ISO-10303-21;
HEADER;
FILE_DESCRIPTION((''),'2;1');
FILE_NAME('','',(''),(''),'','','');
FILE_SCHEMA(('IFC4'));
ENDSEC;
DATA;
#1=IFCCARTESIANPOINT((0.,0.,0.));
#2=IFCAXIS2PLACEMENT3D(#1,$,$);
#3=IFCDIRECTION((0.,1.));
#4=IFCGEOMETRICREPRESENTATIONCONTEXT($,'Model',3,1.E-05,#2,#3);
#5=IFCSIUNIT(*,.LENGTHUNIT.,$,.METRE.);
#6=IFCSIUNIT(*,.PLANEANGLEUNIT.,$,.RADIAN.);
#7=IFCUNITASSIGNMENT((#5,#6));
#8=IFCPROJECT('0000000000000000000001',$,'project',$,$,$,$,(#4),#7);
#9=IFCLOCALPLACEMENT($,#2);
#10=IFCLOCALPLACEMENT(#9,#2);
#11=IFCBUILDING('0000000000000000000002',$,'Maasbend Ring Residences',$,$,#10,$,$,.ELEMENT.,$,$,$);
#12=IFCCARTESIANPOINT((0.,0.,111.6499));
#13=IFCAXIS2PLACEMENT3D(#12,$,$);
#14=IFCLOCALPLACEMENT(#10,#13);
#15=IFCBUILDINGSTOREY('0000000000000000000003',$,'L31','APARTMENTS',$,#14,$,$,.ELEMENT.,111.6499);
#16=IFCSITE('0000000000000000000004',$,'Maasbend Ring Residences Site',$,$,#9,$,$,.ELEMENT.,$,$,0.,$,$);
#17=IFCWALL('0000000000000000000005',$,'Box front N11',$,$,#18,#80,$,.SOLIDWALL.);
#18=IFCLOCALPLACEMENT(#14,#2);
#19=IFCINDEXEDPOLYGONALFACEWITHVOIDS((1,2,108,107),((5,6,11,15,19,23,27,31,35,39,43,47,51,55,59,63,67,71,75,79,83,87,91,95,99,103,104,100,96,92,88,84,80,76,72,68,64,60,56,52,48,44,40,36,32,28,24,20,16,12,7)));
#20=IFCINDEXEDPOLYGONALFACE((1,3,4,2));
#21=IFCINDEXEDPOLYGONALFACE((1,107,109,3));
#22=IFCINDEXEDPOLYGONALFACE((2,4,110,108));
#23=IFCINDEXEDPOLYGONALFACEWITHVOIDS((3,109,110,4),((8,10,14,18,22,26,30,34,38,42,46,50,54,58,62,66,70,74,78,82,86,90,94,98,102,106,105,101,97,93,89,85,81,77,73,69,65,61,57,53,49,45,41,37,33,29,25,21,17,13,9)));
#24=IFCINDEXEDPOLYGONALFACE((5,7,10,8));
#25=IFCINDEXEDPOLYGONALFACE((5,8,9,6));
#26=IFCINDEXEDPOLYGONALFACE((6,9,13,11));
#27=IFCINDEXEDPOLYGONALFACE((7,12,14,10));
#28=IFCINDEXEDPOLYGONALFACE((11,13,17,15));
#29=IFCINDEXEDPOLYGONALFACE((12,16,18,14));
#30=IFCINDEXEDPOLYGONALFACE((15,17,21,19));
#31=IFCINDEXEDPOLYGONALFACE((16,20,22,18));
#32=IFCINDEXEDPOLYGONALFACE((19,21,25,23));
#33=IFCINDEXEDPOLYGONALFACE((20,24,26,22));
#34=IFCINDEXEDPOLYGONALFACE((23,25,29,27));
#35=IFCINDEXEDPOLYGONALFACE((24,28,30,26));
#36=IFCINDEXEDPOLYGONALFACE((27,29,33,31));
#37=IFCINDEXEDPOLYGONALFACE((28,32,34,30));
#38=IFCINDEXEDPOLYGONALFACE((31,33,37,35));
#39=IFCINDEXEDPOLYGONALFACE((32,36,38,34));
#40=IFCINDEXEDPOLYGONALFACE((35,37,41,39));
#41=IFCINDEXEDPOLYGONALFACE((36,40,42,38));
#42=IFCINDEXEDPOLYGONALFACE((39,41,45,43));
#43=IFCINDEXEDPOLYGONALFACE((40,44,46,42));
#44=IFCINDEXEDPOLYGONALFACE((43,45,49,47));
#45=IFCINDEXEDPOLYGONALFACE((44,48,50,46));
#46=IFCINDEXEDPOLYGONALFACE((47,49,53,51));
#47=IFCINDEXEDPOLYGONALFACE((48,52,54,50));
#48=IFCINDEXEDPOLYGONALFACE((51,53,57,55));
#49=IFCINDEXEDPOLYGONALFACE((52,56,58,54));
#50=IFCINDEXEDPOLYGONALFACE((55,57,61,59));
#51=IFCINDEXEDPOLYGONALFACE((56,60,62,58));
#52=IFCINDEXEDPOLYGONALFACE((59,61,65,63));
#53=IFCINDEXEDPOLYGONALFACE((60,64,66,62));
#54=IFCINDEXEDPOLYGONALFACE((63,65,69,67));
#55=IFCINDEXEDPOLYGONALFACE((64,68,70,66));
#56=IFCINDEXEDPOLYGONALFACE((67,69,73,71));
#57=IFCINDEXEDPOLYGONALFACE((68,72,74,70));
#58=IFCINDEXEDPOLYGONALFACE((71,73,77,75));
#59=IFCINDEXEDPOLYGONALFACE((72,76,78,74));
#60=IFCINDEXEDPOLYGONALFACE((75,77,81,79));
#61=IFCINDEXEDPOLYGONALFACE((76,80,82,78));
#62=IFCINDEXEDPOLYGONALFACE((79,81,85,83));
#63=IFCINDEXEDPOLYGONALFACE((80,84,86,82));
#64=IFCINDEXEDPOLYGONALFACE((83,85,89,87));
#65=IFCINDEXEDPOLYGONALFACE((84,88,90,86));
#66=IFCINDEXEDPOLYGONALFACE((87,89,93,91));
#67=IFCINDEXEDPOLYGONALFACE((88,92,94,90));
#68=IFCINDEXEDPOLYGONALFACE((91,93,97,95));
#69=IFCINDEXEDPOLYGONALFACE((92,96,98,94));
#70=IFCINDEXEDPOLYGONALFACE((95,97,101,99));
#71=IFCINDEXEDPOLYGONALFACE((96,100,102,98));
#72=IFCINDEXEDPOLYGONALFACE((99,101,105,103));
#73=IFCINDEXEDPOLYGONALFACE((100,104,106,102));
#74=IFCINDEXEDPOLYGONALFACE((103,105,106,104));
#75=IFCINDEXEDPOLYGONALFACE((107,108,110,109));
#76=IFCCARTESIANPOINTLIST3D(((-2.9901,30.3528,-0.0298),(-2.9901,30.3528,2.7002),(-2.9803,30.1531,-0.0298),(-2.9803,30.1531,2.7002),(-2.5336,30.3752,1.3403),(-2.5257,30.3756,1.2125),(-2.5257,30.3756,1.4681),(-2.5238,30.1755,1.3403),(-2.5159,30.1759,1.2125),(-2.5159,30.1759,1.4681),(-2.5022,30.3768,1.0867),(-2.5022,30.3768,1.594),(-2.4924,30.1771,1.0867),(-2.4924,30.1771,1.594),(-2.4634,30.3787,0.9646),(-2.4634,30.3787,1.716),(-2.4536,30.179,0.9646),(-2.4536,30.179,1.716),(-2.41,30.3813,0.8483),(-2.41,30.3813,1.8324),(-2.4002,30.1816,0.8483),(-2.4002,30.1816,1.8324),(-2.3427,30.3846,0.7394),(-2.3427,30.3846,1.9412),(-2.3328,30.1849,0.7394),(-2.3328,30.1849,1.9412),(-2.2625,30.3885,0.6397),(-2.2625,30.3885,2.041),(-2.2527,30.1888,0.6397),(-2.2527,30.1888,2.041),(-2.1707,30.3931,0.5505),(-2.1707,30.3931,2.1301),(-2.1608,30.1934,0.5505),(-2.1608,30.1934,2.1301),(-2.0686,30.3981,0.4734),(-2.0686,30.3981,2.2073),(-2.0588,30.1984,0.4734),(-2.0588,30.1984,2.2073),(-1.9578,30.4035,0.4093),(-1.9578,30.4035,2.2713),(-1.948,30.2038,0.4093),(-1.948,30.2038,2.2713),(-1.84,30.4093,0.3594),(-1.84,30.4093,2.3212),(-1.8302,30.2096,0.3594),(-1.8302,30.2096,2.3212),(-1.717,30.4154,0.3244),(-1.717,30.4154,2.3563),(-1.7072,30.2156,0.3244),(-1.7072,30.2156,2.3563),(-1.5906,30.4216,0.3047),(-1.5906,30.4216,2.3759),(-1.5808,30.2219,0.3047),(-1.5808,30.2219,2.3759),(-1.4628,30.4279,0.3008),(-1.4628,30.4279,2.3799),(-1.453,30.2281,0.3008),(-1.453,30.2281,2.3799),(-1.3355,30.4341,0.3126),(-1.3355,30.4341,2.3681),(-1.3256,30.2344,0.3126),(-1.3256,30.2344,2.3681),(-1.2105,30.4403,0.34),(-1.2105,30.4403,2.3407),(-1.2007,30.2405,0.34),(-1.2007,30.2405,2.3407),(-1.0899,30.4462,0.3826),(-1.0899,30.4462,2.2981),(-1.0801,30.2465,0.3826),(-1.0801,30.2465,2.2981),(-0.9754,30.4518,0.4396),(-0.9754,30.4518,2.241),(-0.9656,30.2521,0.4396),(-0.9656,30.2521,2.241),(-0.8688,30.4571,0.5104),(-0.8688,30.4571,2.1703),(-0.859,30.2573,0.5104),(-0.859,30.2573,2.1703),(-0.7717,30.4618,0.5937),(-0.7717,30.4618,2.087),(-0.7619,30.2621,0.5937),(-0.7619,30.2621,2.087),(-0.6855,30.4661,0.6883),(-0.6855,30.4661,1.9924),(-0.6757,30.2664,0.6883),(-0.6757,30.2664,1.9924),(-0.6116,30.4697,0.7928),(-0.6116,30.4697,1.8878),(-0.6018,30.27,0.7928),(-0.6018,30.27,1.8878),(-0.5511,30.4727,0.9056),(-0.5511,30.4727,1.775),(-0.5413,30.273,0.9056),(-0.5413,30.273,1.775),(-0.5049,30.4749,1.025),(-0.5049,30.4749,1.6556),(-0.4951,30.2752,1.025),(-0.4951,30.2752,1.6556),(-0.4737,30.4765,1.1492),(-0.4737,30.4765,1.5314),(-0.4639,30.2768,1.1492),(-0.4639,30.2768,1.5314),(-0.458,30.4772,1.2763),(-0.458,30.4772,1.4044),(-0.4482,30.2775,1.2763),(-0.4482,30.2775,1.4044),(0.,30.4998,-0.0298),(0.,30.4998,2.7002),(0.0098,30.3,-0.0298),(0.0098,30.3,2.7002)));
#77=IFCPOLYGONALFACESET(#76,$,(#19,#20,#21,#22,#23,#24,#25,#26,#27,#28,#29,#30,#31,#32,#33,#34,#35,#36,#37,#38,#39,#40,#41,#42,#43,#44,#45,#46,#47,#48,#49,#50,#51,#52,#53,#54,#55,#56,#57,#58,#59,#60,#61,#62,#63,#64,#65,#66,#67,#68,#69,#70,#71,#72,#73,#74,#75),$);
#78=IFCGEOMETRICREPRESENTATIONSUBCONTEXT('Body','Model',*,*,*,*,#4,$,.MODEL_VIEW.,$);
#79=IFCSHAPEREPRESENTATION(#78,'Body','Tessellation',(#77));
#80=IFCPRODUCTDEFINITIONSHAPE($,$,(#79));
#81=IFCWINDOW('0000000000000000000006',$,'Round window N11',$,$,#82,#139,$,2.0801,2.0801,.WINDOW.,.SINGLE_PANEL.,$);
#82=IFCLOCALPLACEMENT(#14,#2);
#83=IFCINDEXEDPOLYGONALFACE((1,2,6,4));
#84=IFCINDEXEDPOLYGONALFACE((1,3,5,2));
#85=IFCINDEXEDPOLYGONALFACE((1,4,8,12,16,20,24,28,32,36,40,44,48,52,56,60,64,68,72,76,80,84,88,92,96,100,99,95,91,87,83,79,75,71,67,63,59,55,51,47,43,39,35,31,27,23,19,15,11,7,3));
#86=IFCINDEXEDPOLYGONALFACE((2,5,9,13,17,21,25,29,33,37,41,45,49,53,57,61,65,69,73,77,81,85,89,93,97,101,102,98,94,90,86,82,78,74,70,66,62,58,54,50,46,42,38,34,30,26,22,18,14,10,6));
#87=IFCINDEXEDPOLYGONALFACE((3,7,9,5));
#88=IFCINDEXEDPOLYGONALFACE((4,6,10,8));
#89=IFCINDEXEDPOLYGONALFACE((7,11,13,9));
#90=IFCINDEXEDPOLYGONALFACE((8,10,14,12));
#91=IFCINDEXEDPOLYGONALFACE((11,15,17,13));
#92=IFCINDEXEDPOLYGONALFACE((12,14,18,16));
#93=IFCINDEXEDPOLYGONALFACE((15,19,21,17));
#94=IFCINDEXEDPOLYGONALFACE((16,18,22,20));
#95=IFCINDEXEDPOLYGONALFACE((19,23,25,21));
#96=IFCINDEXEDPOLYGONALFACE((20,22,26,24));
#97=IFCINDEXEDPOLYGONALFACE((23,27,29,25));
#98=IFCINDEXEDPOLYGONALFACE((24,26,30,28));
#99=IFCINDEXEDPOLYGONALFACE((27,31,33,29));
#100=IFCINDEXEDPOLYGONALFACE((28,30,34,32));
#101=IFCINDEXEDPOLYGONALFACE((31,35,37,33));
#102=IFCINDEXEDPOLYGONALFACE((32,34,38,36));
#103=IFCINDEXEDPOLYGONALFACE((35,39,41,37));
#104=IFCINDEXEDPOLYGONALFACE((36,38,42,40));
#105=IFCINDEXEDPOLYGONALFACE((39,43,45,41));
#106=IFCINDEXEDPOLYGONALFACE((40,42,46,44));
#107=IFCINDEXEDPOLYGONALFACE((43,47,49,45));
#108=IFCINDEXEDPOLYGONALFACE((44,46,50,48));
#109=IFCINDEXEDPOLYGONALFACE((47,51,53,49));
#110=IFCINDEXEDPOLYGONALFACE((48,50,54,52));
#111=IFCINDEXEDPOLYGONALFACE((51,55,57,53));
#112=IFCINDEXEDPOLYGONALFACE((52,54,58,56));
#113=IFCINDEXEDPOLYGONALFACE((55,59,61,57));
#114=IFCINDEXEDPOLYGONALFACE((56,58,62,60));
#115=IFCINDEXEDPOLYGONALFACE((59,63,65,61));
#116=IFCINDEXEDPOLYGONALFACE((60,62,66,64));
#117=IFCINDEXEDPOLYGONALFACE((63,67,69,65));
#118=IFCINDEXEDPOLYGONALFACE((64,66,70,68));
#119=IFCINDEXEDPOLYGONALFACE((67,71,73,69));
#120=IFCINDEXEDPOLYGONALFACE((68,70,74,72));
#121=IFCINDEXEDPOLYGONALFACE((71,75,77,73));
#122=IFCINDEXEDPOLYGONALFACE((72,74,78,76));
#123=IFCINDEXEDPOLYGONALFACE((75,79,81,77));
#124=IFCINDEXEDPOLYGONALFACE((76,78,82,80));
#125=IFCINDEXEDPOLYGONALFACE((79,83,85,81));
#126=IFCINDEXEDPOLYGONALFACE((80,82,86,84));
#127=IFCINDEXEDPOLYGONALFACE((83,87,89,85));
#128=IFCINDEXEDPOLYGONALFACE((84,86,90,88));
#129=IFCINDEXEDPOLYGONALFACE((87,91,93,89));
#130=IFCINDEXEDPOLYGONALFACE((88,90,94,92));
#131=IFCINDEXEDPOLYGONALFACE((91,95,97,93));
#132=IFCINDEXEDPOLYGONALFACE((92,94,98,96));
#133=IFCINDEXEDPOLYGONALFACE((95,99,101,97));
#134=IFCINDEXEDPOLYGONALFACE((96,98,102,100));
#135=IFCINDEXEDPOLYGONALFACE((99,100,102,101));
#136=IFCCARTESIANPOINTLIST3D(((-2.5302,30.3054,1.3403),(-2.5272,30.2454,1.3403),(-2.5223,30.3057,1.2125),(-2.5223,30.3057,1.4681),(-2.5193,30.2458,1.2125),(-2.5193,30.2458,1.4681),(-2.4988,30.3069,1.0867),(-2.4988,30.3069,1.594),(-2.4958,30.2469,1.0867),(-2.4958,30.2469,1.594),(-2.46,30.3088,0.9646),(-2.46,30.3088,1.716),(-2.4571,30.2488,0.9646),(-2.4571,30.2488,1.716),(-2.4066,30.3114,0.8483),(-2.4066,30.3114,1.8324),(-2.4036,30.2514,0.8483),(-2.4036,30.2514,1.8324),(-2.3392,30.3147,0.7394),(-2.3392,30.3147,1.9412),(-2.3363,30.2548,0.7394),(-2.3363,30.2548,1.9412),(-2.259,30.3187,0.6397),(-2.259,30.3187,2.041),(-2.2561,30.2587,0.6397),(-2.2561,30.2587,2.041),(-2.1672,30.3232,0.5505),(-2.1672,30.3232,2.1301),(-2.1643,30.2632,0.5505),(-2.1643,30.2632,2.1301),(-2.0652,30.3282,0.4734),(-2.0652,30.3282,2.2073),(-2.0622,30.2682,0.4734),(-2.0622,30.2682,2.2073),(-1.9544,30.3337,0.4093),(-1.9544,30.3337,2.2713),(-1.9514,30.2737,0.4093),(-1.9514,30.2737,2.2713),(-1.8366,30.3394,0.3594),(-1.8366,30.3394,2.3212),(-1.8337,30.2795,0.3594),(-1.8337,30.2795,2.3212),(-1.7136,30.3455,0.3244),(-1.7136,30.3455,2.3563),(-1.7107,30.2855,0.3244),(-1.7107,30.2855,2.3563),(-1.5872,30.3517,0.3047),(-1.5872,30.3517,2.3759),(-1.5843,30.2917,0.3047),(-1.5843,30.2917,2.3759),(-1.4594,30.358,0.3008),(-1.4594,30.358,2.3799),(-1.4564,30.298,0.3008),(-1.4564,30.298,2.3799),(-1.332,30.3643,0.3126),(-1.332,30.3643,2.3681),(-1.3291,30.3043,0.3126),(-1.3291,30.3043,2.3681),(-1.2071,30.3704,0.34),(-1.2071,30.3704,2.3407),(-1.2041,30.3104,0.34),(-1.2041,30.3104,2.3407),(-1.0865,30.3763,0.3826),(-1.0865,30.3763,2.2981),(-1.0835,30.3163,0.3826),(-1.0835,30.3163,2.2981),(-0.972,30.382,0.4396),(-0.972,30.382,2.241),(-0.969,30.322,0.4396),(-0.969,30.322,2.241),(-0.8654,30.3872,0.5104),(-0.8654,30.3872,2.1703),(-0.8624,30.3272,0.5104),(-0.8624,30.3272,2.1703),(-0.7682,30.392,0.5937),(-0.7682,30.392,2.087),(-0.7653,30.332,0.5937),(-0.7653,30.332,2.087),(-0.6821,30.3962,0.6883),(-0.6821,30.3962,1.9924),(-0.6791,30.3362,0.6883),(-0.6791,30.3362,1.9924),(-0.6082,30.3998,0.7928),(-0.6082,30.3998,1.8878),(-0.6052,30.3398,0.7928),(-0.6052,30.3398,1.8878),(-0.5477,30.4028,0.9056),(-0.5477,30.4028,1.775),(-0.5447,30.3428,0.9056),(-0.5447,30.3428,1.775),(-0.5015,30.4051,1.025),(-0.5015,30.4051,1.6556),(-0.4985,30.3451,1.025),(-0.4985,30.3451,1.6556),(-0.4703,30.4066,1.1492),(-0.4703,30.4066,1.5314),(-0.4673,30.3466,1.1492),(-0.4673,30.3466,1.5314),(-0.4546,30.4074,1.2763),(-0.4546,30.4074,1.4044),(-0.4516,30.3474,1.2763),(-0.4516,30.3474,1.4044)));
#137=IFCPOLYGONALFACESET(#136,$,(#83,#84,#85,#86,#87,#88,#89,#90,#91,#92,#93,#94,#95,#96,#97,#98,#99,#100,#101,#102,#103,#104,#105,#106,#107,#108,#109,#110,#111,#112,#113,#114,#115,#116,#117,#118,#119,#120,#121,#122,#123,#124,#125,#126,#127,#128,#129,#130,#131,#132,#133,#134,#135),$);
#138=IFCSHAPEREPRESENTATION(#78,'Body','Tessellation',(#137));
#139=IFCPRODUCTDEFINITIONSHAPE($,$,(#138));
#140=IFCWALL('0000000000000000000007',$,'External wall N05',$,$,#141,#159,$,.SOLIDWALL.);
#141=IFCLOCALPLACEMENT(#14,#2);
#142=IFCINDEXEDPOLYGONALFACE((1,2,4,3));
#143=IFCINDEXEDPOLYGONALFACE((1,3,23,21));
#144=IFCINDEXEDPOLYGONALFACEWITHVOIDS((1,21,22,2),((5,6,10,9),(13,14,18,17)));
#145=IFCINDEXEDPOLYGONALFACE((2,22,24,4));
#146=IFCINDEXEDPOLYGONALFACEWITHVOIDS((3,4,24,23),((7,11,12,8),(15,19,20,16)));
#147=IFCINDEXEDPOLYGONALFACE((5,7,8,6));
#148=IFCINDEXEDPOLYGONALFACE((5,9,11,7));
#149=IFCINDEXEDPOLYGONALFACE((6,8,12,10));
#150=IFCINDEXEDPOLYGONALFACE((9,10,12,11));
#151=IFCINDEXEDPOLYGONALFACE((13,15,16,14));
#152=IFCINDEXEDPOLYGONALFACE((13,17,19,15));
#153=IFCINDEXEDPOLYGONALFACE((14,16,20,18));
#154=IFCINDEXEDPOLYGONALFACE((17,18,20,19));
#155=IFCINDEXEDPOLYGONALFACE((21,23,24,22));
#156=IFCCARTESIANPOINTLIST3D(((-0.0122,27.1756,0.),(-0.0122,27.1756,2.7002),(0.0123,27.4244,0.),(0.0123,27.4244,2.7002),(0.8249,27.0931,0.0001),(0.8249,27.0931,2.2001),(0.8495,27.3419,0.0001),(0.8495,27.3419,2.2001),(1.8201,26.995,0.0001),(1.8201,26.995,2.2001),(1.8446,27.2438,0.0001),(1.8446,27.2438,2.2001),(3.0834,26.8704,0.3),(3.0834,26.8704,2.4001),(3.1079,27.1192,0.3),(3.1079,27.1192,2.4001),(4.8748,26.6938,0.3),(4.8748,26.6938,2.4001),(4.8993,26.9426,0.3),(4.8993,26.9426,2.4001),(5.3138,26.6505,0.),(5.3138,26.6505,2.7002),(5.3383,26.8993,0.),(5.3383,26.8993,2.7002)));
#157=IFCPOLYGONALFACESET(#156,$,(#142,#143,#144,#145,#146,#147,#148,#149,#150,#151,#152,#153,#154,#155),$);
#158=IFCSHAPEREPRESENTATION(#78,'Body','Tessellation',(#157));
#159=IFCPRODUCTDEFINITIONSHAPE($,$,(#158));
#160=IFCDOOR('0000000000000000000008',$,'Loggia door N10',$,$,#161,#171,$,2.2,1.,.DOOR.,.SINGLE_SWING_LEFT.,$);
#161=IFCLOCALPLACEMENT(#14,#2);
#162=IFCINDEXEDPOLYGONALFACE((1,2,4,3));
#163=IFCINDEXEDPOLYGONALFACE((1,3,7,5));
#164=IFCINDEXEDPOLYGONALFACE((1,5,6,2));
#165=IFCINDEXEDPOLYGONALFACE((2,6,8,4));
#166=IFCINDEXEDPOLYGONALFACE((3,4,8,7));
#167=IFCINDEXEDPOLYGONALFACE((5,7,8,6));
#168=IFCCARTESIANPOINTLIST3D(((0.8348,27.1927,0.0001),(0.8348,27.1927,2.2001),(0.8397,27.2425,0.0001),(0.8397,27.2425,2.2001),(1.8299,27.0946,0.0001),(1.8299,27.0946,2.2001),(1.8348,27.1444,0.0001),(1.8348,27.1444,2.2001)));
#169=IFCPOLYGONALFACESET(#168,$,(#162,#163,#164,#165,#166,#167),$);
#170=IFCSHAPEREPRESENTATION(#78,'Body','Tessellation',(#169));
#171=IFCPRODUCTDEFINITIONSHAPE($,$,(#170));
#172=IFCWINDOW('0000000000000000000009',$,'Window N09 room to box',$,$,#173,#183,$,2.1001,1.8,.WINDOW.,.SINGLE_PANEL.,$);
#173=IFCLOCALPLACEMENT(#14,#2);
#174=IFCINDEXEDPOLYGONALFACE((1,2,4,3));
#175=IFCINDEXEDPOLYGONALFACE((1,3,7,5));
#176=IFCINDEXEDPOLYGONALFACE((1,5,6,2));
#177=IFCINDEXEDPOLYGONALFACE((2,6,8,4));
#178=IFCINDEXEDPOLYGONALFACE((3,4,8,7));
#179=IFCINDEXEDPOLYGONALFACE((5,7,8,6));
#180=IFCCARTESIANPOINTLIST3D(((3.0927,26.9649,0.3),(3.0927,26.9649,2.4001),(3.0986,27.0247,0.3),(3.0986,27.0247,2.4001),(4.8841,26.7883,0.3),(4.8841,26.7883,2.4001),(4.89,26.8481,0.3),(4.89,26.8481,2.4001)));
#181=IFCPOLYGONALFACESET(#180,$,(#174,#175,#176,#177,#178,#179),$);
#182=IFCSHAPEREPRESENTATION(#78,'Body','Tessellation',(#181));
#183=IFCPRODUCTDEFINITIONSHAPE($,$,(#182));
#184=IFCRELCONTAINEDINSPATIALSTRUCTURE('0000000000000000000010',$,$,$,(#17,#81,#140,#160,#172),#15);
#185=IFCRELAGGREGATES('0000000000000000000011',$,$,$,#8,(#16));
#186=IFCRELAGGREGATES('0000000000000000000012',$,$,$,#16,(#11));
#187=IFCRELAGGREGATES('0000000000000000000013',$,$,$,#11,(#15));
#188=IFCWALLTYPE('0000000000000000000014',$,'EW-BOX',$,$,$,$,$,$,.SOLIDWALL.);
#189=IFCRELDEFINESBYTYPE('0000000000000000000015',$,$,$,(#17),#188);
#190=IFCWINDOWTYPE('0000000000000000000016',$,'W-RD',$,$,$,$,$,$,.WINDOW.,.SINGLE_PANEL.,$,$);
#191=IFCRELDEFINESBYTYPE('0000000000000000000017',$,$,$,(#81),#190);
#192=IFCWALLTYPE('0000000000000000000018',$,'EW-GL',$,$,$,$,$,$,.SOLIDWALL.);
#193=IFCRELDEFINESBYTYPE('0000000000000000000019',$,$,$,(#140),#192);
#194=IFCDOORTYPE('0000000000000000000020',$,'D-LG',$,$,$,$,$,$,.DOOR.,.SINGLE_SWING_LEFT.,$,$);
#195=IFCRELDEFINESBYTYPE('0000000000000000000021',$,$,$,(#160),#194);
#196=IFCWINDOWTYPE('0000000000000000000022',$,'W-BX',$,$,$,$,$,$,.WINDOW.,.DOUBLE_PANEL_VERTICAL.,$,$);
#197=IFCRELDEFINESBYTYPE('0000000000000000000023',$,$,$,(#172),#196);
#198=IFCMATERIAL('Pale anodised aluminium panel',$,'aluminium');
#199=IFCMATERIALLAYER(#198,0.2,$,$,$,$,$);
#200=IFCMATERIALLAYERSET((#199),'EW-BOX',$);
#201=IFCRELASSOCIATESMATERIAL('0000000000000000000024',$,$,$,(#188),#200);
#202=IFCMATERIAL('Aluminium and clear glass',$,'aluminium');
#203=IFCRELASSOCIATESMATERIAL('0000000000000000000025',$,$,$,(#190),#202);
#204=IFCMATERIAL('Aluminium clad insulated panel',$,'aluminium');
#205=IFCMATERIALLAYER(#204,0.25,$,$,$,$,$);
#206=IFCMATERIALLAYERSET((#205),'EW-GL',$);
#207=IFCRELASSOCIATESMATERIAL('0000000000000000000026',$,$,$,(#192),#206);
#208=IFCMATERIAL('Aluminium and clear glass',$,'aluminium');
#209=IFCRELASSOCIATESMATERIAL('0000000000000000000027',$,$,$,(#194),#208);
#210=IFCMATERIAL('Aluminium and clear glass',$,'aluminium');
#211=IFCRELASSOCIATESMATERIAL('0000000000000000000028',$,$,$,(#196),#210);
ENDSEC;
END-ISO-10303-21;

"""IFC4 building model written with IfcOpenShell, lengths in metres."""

from ifc_helpers import new_model, si_unit, direction, frame, frame_2d, origin, place, context, subcontext, project, spatial, rectangle, circle, extrude, material, layer, layer_set, type_object, element, fill, save


model = new_model("IFC4")

# Units and contexts
model_context = context("Model", 3, precision=1e-05, world=origin(), true_north=direction((0.0, 1.0)))
body_context = subcontext(model_context, "Body", "Model", "MODEL_VIEW")
ifc_project = project(units=[si_unit("LENGTHUNIT", "METRE"), si_unit("PLANEANGLEUNIT", "RADIAN")], contexts=[model_context])

# Site, building, storey
site_placement = place(None, origin())
site = spatial("IfcSite", under=ifc_project, at=site_placement, Name="Maasbend Ring Residences Site", CompositionType="ELEMENT", RefElevation=0.0)
building_placement = place(site_placement, origin())
building = spatial("IfcBuilding", under=site, at=building_placement, Name="Maasbend Ring Residences", CompositionType="ELEMENT")
storey_placement = place(building_placement, frame((0.0, 0.0, 111.6499)))
storey = spatial("IfcBuildingStorey", under=building, at=storey_placement, Name="L31", Description="APARTMENTS", CompositionType="ELEMENT", Elevation=111.6499)

# Shared definitions
ifc_material_1 = material(Name="Pale anodised aluminium panel", Category="aluminium")
ifc_layer_1 = layer(ifc_material_1, 0.2)
ifc_layer_set_1 = layer_set([ifc_layer_1], Name="EW-BOX")
wall_type_1 = type_object("IfcWallType", Name="EW-BOX", PredefinedType="SOLIDWALL", material=ifc_layer_set_1)

# Shared definitions
ifc_material_2 = material(Name="Aluminium and clear glass", Category="aluminium")
window_type_1 = type_object("IfcWindowType", Name="W-RD", PartitioningType="SINGLE_PANEL", PredefinedType="WINDOW", material=ifc_material_2)

# Wall, opening, window
wall_1_placement = place(storey_placement, frame((0.0049, 30.3999, -0.0298), z_axis=(0.0, 0.0, 1.0), x_axis=(-0.998794, -0.049096, 0.0)))
wall_1 = element("IfcWall", 1, at=wall_1_placement, inside=storey, type_object=wall_type_1, Name="Box front N11", PredefinedType="SOLIDWALL", context=body_context, shape_type="SweptSolid", body=[
    extrude(rectangle(XDim=2.9937, YDim=0.2, at=frame_2d((1.4968, 0.0))), origin(), (0.0, 0.0, 1.0), 2.73),
])
opening_1_placement = place(wall_1_placement, frame((0.4565, 0.0, 0.3301)))
opening_1 = element("IfcOpeningElement", 2, at=opening_1_placement, cuts=wall_1, PredefinedType="OPENING", context=body_context, shape_type="SweptSolid", body=[
    extrude(circle(Radius=1.04, at=frame_2d((1.04, 1.04))), frame((0.0, 0.1099, 0.0), z_axis=(0.0, -1.0, 0.0), x_axis=(1.0, 0.0, 0.0)), (0.0, 0.0, 1.0), 0.22),
])
window_1_placement = place(opening_1_placement, origin())
window_1 = element("IfcWindow", 3, at=window_1_placement, inside=storey, type_object=window_type_1, Name="Round window N11", OverallHeight=2.0801, OverallWidth=2.0801, PartitioningType="SINGLE_PANEL", PredefinedType="WINDOW", context=body_context, shape_type="SweptSolid", body=[
    extrude(circle(Radius=1.04, at=frame_2d((1.04, 1.04))), frame((0.0, 0.03, 0.0), z_axis=(0.0, -1.0, 0.0), x_axis=(1.0, 0.0, 0.0)), (0.0, 0.0, 1.0), 0.0601),
])
fill(opening_1, window_1)

# Wall, openings, door, window
ifc_material_3 = material(Name="Aluminium clad insulated panel", Category="aluminium")
ifc_layer_2 = layer(ifc_material_3, 0.25)
ifc_layer_set_2 = layer_set([ifc_layer_2], Name="EW-GL")
wall_type_2 = type_object("IfcWallType", Name="EW-GL", PredefinedType="SOLIDWALL", material=ifc_layer_set_2)
wall_2_placement = place(storey_placement, frame((5.3259, 26.7749, 0.0), z_axis=(0.0, 0.0, 1.0), x_axis=(-0.995174, 0.098126, 0.0)))
wall_2 = element("IfcWall", 4, at=wall_2_placement, inside=storey, type_object=wall_type_2, Name="External wall N05", PredefinedType="SOLIDWALL", context=body_context, shape_type="SweptSolid", body=[
    extrude(rectangle(XDim=5.3518, YDim=0.25, at=frame_2d((2.6758, 0.0))), origin(), (0.0, 0.0, 1.0), 2.7002),
])
opening_2_placement = place(wall_2_placement, frame((0.4412, 0.0, 0.3)))
opening_2 = element("IfcOpeningElement", 5, at=opening_2_placement, cuts=wall_2, PredefinedType="OPENING", context=body_context, shape_type="SweptSolid", body=[
    extrude(rectangle(XDim=1.8, YDim=2.1001, at=frame_2d((0.8999, 1.05))), frame((0.0, 0.135, 0.0), z_axis=(0.0, -1.0, 0.0), x_axis=(1.0, 0.0, 0.0)), (0.0, 0.0, 1.0), 0.27),
])
opening_3_placement = place(wall_2_placement, frame((3.5105, 0.0, 0.0)))
opening_3 = element("IfcOpeningElement", 6, at=opening_3_placement, cuts=wall_2, PredefinedType="OPENING", context=body_context, shape_type="SweptSolid", body=[
    extrude(rectangle(XDim=1.0, YDim=2.2, at=frame_2d((0.5, 1.1001))), frame((0.0, 0.135, 0.0), z_axis=(0.0, -1.0, 0.0), x_axis=(1.0, 0.0, 0.0)), (0.0, 0.0, 1.0), 0.27),
])
ifc_material_4 = material(Name="Aluminium and clear glass", Category="aluminium")
door_type_1 = type_object("IfcDoorType", Name="D-LG", OperationType="SINGLE_SWING_LEFT", PredefinedType="DOOR", material=ifc_material_4)
door_1_placement = place(opening_3_placement, origin())
door_1 = element("IfcDoor", 7, at=door_1_placement, inside=storey, type_object=door_type_1, Name="Loggia door N10", OperationType="SINGLE_SWING_LEFT", OverallHeight=2.2, OverallWidth=1.0, PredefinedType="DOOR", context=body_context, shape_type="SweptSolid", body=[
    extrude(rectangle(XDim=1.0, YDim=2.2, at=frame_2d((0.5, 1.1001))), frame((0.0, 0.0249, 0.0), z_axis=(0.0, -1.0, 0.0), x_axis=(1.0, 0.0, 0.0)), (0.0, 0.0, 1.0), 0.05),
])
fill(opening_3, door_1)
ifc_material_5 = material(Name="Aluminium and clear glass", Category="aluminium")
window_type_2 = type_object("IfcWindowType", Name="W-BX", PartitioningType="DOUBLE_PANEL_VERTICAL", PredefinedType="WINDOW", material=ifc_material_5)
window_2_placement = place(opening_2_placement, origin())
window_2 = element("IfcWindow", 8, at=window_2_placement, inside=storey, type_object=window_type_2, Name="Window N09 room to box", OverallHeight=2.1001, OverallWidth=1.8, PartitioningType="SINGLE_PANEL", PredefinedType="WINDOW", context=body_context, shape_type="SweptSolid", body=[
    extrude(rectangle(XDim=1.8, YDim=2.1001, at=frame_2d((0.8999, 1.05))), frame((0.0, 0.03, 0.0), z_axis=(0.0, -1.0, 0.0), x_axis=(1.0, 0.0, 0.0)), (0.0, 0.0, 1.0), 0.0601),
])
fill(opening_2, window_2)

save(model, "model.ifc")
